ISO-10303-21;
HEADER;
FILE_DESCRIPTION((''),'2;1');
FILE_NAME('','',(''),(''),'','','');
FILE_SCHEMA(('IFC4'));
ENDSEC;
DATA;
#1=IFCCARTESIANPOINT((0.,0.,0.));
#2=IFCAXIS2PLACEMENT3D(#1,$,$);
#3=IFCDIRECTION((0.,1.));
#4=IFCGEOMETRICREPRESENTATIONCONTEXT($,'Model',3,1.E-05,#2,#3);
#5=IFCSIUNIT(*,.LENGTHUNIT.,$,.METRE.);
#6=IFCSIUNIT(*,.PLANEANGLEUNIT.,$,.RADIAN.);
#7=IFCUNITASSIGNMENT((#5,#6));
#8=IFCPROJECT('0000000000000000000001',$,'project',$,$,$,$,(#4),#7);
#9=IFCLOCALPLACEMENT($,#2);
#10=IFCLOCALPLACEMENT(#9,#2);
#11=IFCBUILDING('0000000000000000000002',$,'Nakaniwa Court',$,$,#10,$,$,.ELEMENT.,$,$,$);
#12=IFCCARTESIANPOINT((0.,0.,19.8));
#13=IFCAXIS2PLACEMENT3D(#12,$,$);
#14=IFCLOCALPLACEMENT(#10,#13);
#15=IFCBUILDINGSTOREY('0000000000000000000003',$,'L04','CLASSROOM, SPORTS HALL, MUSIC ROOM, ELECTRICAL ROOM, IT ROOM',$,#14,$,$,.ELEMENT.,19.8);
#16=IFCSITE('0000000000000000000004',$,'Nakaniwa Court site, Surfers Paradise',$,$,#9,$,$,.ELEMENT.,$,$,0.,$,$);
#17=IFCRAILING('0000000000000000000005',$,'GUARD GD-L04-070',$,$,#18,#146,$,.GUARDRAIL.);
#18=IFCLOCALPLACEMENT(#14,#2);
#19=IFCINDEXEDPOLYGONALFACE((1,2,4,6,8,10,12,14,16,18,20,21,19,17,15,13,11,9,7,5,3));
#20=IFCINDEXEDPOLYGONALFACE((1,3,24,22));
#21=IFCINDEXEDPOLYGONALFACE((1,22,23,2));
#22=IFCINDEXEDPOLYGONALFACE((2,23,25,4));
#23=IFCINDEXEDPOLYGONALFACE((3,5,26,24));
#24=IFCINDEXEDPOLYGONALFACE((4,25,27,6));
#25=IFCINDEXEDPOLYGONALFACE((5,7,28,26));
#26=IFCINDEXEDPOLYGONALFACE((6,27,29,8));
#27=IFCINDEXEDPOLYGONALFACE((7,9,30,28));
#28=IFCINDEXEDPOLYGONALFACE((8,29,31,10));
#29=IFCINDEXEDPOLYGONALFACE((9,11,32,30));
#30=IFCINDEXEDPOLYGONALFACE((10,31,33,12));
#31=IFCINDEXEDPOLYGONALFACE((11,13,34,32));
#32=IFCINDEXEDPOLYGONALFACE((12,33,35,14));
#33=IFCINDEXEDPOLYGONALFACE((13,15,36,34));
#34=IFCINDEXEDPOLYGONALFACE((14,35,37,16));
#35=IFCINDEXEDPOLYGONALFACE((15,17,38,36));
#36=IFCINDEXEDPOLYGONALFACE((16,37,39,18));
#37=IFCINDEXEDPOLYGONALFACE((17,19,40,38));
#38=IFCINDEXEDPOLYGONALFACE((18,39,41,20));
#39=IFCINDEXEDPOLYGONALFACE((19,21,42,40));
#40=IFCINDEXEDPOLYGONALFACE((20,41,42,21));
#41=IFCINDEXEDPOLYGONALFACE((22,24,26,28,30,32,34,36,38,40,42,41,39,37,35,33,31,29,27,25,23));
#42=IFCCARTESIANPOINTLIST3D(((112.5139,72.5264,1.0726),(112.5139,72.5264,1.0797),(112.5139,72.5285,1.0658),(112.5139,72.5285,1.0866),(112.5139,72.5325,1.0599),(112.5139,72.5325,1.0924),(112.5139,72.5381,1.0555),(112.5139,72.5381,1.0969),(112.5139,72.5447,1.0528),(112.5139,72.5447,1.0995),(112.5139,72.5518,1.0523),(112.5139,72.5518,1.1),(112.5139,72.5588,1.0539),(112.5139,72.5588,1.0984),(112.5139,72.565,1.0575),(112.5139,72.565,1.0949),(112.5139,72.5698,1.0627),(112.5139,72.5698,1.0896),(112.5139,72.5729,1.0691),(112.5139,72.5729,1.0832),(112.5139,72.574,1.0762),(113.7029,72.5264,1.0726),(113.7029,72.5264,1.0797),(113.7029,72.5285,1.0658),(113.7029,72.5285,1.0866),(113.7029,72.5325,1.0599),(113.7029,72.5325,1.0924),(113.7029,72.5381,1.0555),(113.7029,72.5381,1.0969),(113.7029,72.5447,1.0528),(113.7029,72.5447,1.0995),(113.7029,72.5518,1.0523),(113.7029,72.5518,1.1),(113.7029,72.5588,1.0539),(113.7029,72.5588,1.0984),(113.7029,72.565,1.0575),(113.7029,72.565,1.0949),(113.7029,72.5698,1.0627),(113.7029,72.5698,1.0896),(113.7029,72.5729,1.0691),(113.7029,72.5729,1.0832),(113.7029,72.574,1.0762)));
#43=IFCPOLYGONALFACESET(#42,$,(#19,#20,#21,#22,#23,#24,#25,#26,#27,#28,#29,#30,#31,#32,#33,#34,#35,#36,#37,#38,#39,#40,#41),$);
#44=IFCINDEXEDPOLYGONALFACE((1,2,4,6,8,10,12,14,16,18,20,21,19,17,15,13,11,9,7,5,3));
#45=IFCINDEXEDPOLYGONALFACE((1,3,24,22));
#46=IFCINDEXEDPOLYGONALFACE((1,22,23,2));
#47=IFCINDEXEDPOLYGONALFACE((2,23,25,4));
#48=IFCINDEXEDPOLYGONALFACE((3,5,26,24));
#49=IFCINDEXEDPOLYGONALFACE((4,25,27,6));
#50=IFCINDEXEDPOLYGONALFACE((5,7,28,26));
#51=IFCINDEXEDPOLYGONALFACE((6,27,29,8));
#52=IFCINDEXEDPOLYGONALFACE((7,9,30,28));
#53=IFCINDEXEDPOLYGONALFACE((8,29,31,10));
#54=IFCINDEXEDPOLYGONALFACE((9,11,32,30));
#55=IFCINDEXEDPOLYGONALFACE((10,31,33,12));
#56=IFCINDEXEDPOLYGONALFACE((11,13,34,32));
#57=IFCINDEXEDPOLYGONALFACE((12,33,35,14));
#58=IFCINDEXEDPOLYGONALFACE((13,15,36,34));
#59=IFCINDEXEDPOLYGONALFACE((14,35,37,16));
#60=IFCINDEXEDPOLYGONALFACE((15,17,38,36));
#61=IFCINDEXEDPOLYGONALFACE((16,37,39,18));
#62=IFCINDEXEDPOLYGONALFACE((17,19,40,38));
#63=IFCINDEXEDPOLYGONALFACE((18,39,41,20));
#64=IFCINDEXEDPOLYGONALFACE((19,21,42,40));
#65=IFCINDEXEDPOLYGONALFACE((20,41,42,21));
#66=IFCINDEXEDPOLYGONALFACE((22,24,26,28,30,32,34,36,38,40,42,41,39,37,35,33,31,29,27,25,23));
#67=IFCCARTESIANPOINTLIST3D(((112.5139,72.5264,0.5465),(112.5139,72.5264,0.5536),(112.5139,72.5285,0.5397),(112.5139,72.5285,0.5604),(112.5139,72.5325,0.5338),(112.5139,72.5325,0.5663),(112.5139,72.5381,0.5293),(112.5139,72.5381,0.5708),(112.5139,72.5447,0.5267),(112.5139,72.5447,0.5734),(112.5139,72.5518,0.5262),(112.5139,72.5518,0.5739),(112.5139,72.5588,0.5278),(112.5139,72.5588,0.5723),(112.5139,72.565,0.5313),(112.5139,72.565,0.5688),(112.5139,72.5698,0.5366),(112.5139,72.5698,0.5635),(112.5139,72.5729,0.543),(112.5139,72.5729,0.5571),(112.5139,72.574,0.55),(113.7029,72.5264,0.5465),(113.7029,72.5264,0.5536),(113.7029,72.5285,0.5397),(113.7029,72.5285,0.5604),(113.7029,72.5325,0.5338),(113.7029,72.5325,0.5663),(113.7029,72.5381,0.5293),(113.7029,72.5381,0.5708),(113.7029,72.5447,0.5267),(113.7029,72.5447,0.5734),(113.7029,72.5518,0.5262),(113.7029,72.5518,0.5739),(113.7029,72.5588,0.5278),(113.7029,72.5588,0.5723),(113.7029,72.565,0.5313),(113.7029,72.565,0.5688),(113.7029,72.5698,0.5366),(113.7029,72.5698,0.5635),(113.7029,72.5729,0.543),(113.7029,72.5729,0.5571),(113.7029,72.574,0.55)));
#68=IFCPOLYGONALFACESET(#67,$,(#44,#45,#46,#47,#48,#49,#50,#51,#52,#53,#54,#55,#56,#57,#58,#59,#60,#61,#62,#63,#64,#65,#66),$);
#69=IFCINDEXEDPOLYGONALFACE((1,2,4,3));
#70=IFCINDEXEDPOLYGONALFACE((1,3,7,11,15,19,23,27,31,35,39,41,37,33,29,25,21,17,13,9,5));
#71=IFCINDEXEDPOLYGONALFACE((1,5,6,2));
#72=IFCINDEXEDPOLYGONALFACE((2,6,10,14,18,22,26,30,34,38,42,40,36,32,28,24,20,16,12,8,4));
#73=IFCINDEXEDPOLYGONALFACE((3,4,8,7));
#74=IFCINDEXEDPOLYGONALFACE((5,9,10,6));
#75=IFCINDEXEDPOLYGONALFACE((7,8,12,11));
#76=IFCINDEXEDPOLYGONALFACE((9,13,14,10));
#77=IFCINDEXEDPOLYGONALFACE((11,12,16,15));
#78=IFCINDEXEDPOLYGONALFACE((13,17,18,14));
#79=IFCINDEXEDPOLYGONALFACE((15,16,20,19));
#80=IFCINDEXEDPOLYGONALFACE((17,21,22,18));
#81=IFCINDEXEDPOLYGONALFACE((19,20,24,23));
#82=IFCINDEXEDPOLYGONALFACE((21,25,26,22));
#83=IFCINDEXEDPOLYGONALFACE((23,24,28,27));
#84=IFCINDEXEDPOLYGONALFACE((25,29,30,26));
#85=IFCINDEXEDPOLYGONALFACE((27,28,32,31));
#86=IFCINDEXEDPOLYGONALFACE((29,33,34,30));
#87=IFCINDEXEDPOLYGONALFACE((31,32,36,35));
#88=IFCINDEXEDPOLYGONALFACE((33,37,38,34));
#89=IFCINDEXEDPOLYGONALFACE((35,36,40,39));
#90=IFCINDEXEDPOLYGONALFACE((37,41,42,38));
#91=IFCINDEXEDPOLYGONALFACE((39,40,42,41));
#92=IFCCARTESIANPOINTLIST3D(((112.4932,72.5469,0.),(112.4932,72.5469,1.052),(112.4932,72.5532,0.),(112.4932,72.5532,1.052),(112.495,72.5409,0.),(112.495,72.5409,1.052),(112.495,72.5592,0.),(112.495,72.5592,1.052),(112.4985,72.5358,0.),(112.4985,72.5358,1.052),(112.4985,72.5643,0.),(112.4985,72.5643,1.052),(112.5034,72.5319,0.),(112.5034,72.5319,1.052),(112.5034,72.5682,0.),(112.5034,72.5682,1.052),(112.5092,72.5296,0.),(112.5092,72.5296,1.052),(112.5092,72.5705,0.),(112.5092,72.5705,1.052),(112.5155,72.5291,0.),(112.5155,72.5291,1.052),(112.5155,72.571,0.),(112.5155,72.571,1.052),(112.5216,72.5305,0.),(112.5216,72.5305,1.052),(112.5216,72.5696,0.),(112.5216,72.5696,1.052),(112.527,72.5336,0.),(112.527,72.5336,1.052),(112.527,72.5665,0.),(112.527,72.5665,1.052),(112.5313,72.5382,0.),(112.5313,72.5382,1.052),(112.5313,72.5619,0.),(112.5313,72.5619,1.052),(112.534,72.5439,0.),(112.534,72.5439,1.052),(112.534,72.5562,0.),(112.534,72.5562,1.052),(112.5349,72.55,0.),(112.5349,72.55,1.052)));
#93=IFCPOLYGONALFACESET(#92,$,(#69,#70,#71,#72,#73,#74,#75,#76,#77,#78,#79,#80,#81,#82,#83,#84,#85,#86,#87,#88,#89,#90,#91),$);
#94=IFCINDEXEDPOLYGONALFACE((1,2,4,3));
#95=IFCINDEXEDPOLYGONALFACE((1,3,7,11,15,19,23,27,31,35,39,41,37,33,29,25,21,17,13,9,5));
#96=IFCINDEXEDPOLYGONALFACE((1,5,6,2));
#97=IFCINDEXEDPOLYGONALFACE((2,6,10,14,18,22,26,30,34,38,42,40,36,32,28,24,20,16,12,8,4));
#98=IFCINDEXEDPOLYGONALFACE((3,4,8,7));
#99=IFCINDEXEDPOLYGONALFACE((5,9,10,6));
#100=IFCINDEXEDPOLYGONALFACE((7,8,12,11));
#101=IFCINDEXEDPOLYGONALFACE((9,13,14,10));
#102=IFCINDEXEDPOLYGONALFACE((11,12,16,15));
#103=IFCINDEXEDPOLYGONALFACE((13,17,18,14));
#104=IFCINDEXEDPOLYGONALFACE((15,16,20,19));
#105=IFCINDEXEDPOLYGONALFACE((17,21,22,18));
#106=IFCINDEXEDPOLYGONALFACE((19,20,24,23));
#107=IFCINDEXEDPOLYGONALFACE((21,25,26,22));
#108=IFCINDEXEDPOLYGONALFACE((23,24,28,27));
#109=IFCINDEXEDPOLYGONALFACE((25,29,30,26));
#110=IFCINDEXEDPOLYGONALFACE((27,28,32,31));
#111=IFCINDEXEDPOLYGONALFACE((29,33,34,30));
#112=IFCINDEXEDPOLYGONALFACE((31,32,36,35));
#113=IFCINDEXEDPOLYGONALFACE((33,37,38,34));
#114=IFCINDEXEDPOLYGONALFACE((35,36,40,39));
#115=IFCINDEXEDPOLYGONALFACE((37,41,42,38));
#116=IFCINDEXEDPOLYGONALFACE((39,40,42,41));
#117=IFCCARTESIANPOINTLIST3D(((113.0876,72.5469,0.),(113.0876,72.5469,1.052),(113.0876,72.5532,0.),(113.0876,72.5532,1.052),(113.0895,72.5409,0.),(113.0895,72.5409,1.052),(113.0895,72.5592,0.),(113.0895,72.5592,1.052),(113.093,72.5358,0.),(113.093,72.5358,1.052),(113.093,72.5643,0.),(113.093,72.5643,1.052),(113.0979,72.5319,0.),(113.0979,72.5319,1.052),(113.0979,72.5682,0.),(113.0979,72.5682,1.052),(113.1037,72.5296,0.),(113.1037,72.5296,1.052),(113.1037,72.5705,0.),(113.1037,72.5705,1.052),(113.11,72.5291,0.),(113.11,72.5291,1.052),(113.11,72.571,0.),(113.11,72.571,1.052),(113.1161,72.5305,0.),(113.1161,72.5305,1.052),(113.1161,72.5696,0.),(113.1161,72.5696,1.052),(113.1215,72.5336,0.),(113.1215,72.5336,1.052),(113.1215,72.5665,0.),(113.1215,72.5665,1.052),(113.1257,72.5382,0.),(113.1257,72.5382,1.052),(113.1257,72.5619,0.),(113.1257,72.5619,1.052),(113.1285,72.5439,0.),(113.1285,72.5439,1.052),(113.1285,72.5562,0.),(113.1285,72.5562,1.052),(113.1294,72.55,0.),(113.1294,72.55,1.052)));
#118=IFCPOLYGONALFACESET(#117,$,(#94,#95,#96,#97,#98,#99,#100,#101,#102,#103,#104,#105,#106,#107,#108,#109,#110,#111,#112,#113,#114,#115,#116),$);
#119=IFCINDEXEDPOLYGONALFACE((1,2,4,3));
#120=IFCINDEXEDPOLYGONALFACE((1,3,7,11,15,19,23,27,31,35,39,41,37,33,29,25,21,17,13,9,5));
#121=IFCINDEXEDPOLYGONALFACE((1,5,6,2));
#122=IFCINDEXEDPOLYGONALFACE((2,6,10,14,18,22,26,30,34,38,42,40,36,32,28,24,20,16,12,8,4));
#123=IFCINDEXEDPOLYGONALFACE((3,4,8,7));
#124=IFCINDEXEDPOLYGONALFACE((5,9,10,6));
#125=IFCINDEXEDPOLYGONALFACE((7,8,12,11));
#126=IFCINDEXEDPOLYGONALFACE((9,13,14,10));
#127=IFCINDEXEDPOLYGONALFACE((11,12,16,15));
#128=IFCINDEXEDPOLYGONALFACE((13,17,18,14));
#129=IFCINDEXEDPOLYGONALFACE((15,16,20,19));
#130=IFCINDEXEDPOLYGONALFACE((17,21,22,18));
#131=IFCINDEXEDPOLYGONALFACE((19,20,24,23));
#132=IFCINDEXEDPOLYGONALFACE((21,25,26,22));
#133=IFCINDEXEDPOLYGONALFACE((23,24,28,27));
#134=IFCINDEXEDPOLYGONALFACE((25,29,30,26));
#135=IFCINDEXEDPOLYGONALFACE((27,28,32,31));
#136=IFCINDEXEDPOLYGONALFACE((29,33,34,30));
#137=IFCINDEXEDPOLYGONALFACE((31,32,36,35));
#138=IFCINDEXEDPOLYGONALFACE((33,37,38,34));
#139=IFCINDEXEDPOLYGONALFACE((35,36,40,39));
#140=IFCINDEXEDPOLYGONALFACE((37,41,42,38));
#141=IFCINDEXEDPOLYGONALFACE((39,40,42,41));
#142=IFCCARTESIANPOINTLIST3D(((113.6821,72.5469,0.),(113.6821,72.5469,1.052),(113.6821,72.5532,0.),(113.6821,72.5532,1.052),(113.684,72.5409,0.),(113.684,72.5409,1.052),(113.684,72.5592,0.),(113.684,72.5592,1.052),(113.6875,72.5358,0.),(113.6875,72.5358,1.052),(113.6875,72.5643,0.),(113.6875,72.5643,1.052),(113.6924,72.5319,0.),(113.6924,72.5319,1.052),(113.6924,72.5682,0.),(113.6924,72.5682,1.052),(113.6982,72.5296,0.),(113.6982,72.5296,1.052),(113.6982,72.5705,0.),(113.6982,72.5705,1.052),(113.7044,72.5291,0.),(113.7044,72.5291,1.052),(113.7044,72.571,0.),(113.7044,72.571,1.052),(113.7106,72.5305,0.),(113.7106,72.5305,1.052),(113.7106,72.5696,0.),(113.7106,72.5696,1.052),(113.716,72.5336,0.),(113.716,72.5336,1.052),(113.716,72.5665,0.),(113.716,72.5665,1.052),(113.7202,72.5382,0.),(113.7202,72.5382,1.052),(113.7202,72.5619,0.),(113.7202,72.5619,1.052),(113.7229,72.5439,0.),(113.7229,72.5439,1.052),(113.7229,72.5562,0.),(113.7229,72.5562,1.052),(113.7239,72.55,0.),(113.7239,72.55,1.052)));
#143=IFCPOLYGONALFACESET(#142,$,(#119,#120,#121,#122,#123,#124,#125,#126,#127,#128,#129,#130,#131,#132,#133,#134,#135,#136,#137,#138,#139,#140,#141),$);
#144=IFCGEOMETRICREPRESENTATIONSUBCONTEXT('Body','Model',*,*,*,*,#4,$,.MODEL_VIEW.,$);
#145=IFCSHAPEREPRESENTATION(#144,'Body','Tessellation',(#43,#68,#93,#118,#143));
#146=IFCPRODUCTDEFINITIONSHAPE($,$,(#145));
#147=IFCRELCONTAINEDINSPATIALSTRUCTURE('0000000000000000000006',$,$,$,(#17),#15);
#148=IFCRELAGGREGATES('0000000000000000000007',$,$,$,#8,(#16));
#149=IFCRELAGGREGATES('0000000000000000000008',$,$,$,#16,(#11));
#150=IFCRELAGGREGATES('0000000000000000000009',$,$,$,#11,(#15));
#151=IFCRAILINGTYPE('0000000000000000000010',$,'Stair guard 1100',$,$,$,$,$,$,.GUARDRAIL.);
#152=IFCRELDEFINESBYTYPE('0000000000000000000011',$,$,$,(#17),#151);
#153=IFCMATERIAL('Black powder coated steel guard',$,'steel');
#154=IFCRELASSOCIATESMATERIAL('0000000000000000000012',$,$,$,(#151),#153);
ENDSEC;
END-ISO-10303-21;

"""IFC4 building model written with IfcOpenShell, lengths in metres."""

from ifc_helpers import new_model, si_unit, direction, frame, origin, origin_2d, place, context, subcontext, project, spatial, circle, extrude, material, type_object, element, save


model = new_model("IFC4")

# Units and contexts
model_context = context("Model", 3, precision=1e-05, world=origin(), true_north=direction((0.0, 1.0)))
body_context = subcontext(model_context, "Body", "Model", "MODEL_VIEW")
ifc_project = project(units=[si_unit("LENGTHUNIT", "METRE"), si_unit("PLANEANGLEUNIT", "RADIAN")], contexts=[model_context])

# Site, building, storey
site_placement = place(None, origin())
site = spatial("IfcSite", under=ifc_project, at=site_placement, Name="Nakaniwa Court site, Surfers Paradise", CompositionType="ELEMENT", RefElevation=0.0)
building_placement = place(site_placement, origin())
building = spatial("IfcBuilding", under=site, at=building_placement, Name="Nakaniwa Court", CompositionType="ELEMENT")
storey_placement = place(building_placement, frame((0.0, 0.0, 19.8)))
storey = spatial("IfcBuildingStorey", under=building, at=storey_placement, Name="L04", Description="CLASSROOM, SPORTS HALL, MUSIC ROOM, ELECTRICAL ROOM, IT ROOM", CompositionType="ELEMENT", Elevation=19.8)

# Railing
ifc_material_1 = material(Name="Black powder coated steel guard", Category="steel")
railing_type_1 = type_object("IfcRailingType", Name="Stair guard 1100", PredefinedType="GUARDRAIL", material=ifc_material_1)
railing_1_placement = place(storey_placement, frame((112.5139, 72.55, 0.0)))
element("IfcRailing", 1, at=railing_1_placement, inside=storey, type_object=railing_type_1, Name="GUARD GD-L04-070", PredefinedType="GUARDRAIL", context=body_context, shape_type="SweptSolid", body=[
    extrude(circle(Radius=0.0239, at=origin_2d()), frame((0.0, 0.0, 1.0762), z_axis=(1.0, 0.0, 0.0), x_axis=(0.0, 1.0, 0.0)), (0.0, 0.0, 1.0), 1.189),
    extrude(circle(Radius=0.0239, at=origin_2d()), frame((0.0, 0.0, 0.55), z_axis=(1.0, 0.0, 0.0), x_axis=(0.0, 1.0, 0.0)), (0.0, 0.0, 1.0), 1.189),
    extrude(circle(Radius=0.021, at=origin_2d()), origin(), (0.0, 0.0, 1.0), 1.052),
    extrude(circle(Radius=0.021, at=origin_2d()), frame((0.5945, 0.0, 0.0)), (0.0, 0.0, 1.0), 1.052),
    extrude(circle(Radius=0.021, at=origin_2d()), frame((1.189, 0.0, 0.0)), (0.0, 0.0, 1.0), 1.052),
])

save(model, "model.ifc")
